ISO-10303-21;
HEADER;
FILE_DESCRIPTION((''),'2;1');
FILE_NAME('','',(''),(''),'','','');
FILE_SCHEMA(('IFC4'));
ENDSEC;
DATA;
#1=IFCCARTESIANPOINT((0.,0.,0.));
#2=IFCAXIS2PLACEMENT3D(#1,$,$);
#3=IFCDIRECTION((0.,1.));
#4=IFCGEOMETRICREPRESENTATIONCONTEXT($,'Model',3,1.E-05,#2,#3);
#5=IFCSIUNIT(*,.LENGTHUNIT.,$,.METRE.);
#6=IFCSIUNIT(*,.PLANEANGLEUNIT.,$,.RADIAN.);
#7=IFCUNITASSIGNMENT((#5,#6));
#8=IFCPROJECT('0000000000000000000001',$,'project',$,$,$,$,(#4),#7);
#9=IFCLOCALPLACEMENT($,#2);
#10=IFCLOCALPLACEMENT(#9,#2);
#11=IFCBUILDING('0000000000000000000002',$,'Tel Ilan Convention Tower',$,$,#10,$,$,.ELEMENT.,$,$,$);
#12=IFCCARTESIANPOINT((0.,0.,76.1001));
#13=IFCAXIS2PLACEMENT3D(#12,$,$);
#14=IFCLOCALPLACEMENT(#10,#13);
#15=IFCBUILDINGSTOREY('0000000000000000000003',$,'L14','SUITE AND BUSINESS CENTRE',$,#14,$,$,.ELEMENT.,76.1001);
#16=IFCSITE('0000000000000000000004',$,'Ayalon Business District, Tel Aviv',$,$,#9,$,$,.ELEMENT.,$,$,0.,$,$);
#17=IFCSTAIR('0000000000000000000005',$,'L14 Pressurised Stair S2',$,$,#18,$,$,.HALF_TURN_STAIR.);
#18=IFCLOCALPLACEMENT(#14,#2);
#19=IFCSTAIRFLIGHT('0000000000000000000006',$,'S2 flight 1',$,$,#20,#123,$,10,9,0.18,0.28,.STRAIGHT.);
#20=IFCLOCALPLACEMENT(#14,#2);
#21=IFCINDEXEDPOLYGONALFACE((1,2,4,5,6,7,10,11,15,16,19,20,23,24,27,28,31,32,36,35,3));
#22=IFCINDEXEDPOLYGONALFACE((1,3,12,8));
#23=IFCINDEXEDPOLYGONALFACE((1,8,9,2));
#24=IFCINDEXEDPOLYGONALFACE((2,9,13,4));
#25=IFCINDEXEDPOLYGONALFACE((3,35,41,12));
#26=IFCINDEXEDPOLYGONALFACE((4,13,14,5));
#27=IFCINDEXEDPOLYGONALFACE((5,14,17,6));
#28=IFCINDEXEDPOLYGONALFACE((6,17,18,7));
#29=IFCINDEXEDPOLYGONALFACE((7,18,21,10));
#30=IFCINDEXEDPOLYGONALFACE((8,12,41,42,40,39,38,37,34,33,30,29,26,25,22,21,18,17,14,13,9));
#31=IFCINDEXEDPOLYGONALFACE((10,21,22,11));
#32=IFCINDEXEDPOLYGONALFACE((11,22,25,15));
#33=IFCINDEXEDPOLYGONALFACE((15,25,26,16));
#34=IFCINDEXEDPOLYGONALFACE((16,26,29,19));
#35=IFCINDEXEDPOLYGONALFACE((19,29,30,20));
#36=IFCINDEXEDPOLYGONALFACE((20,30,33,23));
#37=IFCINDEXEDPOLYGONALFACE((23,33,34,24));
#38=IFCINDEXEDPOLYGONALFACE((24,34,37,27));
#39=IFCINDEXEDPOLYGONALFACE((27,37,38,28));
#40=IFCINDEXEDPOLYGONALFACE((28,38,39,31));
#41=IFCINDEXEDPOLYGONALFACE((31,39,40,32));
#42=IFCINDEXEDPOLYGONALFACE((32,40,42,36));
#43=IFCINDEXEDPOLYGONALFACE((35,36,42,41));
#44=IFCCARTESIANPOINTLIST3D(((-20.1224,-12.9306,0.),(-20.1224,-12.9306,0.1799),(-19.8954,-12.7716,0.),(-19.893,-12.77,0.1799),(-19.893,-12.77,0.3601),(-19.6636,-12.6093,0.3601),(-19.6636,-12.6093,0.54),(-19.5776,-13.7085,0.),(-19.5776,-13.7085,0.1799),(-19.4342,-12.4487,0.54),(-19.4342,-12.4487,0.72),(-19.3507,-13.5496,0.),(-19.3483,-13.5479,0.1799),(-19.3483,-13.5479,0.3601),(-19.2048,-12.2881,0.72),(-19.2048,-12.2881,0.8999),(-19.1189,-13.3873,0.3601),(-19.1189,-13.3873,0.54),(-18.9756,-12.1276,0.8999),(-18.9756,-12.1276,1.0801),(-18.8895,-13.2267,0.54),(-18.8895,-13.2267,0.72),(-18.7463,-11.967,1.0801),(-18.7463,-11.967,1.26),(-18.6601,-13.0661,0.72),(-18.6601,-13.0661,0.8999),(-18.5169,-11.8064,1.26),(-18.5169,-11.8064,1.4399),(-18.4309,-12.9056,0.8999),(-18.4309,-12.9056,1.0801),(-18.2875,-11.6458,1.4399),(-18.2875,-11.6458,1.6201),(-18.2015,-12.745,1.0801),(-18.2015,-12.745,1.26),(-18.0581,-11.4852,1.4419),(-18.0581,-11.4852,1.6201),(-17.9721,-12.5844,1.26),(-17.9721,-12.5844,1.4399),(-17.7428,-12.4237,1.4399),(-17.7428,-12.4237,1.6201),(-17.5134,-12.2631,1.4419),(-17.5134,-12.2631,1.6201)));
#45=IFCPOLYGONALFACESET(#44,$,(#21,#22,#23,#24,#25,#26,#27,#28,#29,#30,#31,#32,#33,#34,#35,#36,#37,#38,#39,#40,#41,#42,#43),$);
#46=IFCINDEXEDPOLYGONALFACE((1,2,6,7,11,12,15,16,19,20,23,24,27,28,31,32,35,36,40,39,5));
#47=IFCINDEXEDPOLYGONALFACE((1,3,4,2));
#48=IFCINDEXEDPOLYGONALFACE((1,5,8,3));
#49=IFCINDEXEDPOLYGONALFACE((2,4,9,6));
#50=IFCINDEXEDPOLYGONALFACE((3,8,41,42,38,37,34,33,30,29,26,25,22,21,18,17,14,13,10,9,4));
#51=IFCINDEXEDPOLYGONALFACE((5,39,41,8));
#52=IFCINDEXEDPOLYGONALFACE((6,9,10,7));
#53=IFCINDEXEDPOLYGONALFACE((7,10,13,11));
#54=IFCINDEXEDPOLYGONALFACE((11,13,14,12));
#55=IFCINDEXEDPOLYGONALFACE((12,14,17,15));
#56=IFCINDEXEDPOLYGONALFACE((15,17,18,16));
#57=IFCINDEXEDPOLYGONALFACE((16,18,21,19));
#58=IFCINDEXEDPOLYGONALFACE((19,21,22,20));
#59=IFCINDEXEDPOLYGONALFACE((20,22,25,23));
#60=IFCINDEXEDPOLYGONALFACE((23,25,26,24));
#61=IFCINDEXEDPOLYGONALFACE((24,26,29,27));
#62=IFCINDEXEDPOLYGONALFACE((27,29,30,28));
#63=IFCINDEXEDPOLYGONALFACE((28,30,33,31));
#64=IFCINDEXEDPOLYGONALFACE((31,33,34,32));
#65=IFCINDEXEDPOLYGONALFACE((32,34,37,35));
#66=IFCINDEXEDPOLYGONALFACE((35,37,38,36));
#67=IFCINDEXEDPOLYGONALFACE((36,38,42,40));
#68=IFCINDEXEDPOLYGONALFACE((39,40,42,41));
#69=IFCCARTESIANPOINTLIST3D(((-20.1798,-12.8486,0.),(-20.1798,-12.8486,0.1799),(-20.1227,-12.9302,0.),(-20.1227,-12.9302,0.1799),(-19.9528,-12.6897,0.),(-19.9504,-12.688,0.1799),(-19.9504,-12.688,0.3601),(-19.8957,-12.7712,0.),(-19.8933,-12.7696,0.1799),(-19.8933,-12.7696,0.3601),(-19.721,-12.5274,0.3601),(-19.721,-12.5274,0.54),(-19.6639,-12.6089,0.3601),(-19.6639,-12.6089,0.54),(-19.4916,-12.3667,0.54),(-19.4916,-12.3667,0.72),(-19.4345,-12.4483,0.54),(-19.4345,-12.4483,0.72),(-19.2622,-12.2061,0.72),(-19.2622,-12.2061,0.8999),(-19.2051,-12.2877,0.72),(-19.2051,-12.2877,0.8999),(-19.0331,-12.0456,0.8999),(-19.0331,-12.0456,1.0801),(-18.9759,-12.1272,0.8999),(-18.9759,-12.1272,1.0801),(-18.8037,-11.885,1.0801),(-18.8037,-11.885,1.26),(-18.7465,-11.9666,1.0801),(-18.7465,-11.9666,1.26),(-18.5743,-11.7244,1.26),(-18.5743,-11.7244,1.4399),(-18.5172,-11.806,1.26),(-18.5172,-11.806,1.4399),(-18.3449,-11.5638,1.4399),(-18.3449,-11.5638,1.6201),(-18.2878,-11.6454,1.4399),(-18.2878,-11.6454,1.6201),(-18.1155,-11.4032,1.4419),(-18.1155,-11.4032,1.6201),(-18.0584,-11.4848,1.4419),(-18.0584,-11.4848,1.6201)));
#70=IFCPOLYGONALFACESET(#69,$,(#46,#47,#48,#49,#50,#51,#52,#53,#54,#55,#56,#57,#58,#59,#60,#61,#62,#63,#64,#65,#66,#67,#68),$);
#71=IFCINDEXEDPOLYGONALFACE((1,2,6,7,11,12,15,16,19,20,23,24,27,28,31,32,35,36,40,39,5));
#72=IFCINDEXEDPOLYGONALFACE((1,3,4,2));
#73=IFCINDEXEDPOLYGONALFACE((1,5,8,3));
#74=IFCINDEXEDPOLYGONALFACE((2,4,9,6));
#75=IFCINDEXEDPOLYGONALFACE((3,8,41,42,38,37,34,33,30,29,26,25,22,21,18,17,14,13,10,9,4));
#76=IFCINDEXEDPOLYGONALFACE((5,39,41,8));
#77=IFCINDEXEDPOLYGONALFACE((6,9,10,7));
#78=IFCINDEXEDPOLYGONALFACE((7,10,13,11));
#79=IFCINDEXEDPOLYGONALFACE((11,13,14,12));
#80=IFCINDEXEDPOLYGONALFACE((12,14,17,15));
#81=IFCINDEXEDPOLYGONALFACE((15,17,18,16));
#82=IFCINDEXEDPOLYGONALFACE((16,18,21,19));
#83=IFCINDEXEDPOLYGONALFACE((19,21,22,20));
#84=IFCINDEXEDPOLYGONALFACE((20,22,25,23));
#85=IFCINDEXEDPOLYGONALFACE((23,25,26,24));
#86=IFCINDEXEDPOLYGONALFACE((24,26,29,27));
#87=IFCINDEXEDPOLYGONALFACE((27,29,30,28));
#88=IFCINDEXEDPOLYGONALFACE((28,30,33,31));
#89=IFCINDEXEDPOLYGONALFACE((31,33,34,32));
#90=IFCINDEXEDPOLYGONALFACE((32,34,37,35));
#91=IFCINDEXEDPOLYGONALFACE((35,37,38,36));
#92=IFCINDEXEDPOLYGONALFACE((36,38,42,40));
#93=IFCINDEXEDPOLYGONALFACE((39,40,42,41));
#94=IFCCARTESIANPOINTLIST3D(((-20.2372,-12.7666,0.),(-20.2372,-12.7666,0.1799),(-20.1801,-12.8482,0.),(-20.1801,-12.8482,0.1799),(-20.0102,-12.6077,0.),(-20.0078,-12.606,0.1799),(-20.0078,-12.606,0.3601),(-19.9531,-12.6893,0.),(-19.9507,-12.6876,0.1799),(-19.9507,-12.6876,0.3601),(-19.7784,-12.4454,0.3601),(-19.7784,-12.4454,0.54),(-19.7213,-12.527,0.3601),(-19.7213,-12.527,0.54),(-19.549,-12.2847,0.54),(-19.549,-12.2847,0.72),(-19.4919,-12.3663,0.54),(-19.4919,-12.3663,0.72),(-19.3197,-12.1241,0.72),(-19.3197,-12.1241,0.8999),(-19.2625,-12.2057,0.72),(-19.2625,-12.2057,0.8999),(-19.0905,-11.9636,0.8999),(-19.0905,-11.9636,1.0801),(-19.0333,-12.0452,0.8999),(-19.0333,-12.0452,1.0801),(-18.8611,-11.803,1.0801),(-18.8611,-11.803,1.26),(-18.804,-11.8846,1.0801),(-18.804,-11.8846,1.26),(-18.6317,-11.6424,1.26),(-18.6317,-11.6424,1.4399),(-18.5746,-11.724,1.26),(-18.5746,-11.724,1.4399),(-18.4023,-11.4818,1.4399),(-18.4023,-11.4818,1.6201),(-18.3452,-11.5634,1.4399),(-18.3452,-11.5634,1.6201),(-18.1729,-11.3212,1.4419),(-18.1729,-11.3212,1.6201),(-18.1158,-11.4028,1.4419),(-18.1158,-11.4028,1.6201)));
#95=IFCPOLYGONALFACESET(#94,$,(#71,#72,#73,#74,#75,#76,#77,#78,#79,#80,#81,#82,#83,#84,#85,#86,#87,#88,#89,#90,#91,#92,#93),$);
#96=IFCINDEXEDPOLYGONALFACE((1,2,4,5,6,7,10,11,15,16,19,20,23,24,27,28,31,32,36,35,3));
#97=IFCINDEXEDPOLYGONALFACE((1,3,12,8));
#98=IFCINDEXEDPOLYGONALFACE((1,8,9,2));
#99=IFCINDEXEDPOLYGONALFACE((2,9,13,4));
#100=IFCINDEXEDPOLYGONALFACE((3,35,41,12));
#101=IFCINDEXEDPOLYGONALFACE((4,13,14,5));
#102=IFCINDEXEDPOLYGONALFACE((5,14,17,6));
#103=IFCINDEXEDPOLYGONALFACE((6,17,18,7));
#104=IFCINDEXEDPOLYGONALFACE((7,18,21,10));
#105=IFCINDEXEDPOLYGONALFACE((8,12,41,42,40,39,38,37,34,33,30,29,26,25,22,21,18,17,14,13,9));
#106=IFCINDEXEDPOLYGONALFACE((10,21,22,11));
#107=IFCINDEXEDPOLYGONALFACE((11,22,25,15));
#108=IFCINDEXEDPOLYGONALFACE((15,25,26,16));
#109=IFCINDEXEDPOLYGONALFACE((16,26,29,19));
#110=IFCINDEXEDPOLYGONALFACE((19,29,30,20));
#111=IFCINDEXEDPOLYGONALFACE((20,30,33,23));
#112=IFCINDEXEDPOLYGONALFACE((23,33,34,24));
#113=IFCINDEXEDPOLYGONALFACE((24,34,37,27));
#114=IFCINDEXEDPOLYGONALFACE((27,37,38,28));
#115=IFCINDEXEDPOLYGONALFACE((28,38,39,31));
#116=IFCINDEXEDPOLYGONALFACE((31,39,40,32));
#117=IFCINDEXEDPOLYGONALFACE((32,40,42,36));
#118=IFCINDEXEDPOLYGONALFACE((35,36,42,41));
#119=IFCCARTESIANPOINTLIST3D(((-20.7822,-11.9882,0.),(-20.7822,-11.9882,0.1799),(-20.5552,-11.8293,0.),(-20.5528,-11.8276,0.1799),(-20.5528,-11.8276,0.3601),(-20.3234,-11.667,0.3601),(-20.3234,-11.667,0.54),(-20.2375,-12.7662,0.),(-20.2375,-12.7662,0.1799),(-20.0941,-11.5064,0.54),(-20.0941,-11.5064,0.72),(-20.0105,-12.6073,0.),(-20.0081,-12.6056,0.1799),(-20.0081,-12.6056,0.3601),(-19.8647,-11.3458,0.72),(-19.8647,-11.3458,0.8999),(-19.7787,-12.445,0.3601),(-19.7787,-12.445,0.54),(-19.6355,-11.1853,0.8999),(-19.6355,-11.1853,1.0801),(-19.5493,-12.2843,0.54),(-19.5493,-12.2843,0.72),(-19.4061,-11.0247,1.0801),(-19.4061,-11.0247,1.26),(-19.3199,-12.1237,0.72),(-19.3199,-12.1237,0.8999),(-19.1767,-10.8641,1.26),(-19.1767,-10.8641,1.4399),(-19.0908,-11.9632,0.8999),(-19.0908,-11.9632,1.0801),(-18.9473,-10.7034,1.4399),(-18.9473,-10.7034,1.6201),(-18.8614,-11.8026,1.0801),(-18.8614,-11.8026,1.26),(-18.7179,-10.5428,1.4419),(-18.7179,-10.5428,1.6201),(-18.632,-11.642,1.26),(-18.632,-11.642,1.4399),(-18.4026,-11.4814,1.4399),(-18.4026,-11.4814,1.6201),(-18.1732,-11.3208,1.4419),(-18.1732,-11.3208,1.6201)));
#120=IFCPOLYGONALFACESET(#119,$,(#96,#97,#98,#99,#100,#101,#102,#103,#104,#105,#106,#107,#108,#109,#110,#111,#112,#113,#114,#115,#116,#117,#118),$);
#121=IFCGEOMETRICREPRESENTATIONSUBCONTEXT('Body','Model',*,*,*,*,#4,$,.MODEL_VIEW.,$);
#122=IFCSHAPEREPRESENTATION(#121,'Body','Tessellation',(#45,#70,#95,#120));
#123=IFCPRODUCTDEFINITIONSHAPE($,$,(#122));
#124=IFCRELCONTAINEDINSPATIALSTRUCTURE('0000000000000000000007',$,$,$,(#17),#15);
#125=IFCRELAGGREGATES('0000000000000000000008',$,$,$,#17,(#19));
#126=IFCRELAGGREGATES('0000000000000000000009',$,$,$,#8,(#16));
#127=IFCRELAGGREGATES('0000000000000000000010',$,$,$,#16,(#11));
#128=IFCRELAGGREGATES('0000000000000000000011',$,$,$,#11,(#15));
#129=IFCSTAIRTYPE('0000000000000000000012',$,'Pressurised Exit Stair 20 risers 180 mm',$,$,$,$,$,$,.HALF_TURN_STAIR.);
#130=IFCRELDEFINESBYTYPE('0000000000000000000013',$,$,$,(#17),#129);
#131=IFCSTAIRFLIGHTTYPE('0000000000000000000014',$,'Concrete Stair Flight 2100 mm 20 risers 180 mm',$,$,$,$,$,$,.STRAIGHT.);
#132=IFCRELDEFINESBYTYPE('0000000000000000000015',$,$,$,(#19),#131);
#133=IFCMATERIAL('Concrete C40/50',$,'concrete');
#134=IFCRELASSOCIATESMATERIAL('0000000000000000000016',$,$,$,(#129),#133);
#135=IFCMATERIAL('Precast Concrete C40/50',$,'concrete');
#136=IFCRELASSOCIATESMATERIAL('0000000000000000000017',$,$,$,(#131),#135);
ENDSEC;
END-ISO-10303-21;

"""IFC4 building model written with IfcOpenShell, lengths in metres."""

from ifc_helpers import new_model, si_unit, direction, frame, origin, place, context, subcontext, project, spatial, polyline, outline, extrude, material, type_object, element, aggregate, save


model = new_model("IFC4")

# Units and contexts
model_context = context("Model", 3, precision=1e-05, world=origin(), true_north=direction((0.0, 1.0)))
body_context = subcontext(model_context, "Body", "Model", "MODEL_VIEW")
ifc_project = project(units=[si_unit("LENGTHUNIT", "METRE"), si_unit("PLANEANGLEUNIT", "RADIAN")], contexts=[model_context])

# Site, building, storey
site_placement = place(None, origin())
site = spatial("IfcSite", under=ifc_project, at=site_placement, Name="Ayalon Business District, Tel Aviv", CompositionType="ELEMENT", RefElevation=0.0)
building_placement = place(site_placement, origin())
building = spatial("IfcBuilding", under=site, at=building_placement, Name="Tel Ilan Convention Tower", CompositionType="ELEMENT")
storey_placement = place(building_placement, frame((0.0, 0.0, 76.1001)))
storey = spatial("IfcBuildingStorey", under=building, at=storey_placement, Name="L14", Description="SUITE AND BUSINESS CENTRE", CompositionType="ELEMENT", Elevation=76.1001)

# Stair, stair flight
ifc_material_1 = material(Name="Concrete C40/50", Category="concrete")
stair_type = type_object("IfcStairType", Name="Pressurised Exit Stair 20 risers 180 mm", PredefinedType="HALF_TURN_STAIR", material=ifc_material_1)
ifc_material_2 = material(Name="Precast Concrete C40/50", Category="concrete")
stair_flight_type = type_object("IfcStairFlightType", Name="Concrete Stair Flight 2100 mm 20 risers 180 mm", PredefinedType="STRAIGHT", material=ifc_material_2)
stair_1_placement = place(storey_placement, origin())
stair_1 = element("IfcStair", 1, at=stair_1_placement, inside=storey, type_object=stair_type, Name="L14 Pressurised Stair S2", PredefinedType="HALF_TURN_STAIR")
stair_flight_1_placement = place(storey_placement, frame((-20.1799, -12.8484, 0.0), z_axis=(0.0, 0.0, 1.0), x_axis=(0.819152, 0.573576, 0.0)))
stair_flight_1 = element("IfcStairFlight", 2, at=stair_flight_1_placement, type_object=stair_flight_type, Name="S2 flight 1", NumberOfRisers=10, NumberOfTreads=9, PredefinedType="STRAIGHT", RiserHeight=0.18, TreadLength=0.28, context=body_context, shape_type="SweptSolid", body=[
    extrude(outline(polyline([(0.0, 0.0), (0.0, 0.1799), (0.28, 0.1799), (0.28, 0.3601), (0.5601, 0.3601), (0.5601, 0.54), (0.8401, 0.54), (0.8401, 0.72), (1.1201, 0.72), (1.1201, 0.8999), (1.3999, 0.8999), (1.3999, 1.0801), (1.6799, 1.0801), (1.6799, 1.26), (1.96, 1.26), (1.96, 1.4399), (2.24, 1.4399), (2.24, 1.6201), (2.52, 1.6201), (2.52, 1.8), (2.52, 1.4419), (0.2771, 0.0), (0.0, 0.0)])), frame((0.0, -0.1003, 0.0), z_axis=(0.0, -1.0, 0.0), x_axis=(1.0, 0.0, 0.0)), (0.0, 0.0, 1.0), 0.9497),
    extrude(outline(polyline([(0.0, 0.0), (0.0, 0.1799), (0.28, 0.1799), (0.28, 0.3601), (0.5601, 0.3601), (0.5601, 0.54), (0.8401, 0.54), (0.8401, 0.72), (1.1201, 0.72), (1.1201, 0.8999), (1.3999, 0.8999), (1.3999, 1.0801), (1.6799, 1.0801), (1.6799, 1.26), (1.96, 1.26), (1.96, 1.4399), (2.24, 1.4399), (2.24, 1.6201), (2.52, 1.6201), (2.52, 1.8), (2.52, 1.4419), (0.2771, 0.0), (0.0, 0.0)])), frame((0.0, -0.0002, 0.0), z_axis=(0.0, -1.0, 0.0), x_axis=(1.0, 0.0, 0.0)), (0.0, 0.0, 1.0), 0.0996),
    extrude(outline(polyline([(0.0, 0.0), (0.0, 0.1799), (0.28, 0.1799), (0.28, 0.3601), (0.5601, 0.3601), (0.5601, 0.54), (0.8401, 0.54), (0.8401, 0.72), (1.1201, 0.72), (1.1201, 0.8999), (1.3999, 0.8999), (1.3999, 1.0801), (1.6799, 1.0801), (1.6799, 1.26), (1.96, 1.26), (1.96, 1.4399), (2.24, 1.4399), (2.24, 1.6201), (2.52, 1.6201), (2.52, 1.8), (2.52, 1.4419), (0.2771, 0.0), (0.0, 0.0)])), frame((0.0, 0.0999, 0.0), z_axis=(0.0, -1.0, 0.0), x_axis=(1.0, 0.0, 0.0)), (0.0, 0.0, 1.0), 0.0996),
    extrude(outline(polyline([(0.0, 0.0), (0.0, 0.1799), (0.28, 0.1799), (0.28, 0.3601), (0.5601, 0.3601), (0.5601, 0.54), (0.8401, 0.54), (0.8401, 0.72), (1.1201, 0.72), (1.1201, 0.8999), (1.3999, 0.8999), (1.3999, 1.0801), (1.6799, 1.0801), (1.6799, 1.26), (1.96, 1.26), (1.96, 1.4399), (2.24, 1.4399), (2.24, 1.6201), (2.52, 1.6201), (2.52, 1.8), (2.52, 1.4419), (0.2771, 0.0), (0.0, 0.0)])), frame((0.0, 1.05, 0.0), z_axis=(0.0, -1.0, 0.0), x_axis=(1.0, 0.0, 0.0)), (0.0, 0.0, 1.0), 0.9497),
])
aggregate(stair_1, [stair_flight_1])

save(model, "model.ifc")
